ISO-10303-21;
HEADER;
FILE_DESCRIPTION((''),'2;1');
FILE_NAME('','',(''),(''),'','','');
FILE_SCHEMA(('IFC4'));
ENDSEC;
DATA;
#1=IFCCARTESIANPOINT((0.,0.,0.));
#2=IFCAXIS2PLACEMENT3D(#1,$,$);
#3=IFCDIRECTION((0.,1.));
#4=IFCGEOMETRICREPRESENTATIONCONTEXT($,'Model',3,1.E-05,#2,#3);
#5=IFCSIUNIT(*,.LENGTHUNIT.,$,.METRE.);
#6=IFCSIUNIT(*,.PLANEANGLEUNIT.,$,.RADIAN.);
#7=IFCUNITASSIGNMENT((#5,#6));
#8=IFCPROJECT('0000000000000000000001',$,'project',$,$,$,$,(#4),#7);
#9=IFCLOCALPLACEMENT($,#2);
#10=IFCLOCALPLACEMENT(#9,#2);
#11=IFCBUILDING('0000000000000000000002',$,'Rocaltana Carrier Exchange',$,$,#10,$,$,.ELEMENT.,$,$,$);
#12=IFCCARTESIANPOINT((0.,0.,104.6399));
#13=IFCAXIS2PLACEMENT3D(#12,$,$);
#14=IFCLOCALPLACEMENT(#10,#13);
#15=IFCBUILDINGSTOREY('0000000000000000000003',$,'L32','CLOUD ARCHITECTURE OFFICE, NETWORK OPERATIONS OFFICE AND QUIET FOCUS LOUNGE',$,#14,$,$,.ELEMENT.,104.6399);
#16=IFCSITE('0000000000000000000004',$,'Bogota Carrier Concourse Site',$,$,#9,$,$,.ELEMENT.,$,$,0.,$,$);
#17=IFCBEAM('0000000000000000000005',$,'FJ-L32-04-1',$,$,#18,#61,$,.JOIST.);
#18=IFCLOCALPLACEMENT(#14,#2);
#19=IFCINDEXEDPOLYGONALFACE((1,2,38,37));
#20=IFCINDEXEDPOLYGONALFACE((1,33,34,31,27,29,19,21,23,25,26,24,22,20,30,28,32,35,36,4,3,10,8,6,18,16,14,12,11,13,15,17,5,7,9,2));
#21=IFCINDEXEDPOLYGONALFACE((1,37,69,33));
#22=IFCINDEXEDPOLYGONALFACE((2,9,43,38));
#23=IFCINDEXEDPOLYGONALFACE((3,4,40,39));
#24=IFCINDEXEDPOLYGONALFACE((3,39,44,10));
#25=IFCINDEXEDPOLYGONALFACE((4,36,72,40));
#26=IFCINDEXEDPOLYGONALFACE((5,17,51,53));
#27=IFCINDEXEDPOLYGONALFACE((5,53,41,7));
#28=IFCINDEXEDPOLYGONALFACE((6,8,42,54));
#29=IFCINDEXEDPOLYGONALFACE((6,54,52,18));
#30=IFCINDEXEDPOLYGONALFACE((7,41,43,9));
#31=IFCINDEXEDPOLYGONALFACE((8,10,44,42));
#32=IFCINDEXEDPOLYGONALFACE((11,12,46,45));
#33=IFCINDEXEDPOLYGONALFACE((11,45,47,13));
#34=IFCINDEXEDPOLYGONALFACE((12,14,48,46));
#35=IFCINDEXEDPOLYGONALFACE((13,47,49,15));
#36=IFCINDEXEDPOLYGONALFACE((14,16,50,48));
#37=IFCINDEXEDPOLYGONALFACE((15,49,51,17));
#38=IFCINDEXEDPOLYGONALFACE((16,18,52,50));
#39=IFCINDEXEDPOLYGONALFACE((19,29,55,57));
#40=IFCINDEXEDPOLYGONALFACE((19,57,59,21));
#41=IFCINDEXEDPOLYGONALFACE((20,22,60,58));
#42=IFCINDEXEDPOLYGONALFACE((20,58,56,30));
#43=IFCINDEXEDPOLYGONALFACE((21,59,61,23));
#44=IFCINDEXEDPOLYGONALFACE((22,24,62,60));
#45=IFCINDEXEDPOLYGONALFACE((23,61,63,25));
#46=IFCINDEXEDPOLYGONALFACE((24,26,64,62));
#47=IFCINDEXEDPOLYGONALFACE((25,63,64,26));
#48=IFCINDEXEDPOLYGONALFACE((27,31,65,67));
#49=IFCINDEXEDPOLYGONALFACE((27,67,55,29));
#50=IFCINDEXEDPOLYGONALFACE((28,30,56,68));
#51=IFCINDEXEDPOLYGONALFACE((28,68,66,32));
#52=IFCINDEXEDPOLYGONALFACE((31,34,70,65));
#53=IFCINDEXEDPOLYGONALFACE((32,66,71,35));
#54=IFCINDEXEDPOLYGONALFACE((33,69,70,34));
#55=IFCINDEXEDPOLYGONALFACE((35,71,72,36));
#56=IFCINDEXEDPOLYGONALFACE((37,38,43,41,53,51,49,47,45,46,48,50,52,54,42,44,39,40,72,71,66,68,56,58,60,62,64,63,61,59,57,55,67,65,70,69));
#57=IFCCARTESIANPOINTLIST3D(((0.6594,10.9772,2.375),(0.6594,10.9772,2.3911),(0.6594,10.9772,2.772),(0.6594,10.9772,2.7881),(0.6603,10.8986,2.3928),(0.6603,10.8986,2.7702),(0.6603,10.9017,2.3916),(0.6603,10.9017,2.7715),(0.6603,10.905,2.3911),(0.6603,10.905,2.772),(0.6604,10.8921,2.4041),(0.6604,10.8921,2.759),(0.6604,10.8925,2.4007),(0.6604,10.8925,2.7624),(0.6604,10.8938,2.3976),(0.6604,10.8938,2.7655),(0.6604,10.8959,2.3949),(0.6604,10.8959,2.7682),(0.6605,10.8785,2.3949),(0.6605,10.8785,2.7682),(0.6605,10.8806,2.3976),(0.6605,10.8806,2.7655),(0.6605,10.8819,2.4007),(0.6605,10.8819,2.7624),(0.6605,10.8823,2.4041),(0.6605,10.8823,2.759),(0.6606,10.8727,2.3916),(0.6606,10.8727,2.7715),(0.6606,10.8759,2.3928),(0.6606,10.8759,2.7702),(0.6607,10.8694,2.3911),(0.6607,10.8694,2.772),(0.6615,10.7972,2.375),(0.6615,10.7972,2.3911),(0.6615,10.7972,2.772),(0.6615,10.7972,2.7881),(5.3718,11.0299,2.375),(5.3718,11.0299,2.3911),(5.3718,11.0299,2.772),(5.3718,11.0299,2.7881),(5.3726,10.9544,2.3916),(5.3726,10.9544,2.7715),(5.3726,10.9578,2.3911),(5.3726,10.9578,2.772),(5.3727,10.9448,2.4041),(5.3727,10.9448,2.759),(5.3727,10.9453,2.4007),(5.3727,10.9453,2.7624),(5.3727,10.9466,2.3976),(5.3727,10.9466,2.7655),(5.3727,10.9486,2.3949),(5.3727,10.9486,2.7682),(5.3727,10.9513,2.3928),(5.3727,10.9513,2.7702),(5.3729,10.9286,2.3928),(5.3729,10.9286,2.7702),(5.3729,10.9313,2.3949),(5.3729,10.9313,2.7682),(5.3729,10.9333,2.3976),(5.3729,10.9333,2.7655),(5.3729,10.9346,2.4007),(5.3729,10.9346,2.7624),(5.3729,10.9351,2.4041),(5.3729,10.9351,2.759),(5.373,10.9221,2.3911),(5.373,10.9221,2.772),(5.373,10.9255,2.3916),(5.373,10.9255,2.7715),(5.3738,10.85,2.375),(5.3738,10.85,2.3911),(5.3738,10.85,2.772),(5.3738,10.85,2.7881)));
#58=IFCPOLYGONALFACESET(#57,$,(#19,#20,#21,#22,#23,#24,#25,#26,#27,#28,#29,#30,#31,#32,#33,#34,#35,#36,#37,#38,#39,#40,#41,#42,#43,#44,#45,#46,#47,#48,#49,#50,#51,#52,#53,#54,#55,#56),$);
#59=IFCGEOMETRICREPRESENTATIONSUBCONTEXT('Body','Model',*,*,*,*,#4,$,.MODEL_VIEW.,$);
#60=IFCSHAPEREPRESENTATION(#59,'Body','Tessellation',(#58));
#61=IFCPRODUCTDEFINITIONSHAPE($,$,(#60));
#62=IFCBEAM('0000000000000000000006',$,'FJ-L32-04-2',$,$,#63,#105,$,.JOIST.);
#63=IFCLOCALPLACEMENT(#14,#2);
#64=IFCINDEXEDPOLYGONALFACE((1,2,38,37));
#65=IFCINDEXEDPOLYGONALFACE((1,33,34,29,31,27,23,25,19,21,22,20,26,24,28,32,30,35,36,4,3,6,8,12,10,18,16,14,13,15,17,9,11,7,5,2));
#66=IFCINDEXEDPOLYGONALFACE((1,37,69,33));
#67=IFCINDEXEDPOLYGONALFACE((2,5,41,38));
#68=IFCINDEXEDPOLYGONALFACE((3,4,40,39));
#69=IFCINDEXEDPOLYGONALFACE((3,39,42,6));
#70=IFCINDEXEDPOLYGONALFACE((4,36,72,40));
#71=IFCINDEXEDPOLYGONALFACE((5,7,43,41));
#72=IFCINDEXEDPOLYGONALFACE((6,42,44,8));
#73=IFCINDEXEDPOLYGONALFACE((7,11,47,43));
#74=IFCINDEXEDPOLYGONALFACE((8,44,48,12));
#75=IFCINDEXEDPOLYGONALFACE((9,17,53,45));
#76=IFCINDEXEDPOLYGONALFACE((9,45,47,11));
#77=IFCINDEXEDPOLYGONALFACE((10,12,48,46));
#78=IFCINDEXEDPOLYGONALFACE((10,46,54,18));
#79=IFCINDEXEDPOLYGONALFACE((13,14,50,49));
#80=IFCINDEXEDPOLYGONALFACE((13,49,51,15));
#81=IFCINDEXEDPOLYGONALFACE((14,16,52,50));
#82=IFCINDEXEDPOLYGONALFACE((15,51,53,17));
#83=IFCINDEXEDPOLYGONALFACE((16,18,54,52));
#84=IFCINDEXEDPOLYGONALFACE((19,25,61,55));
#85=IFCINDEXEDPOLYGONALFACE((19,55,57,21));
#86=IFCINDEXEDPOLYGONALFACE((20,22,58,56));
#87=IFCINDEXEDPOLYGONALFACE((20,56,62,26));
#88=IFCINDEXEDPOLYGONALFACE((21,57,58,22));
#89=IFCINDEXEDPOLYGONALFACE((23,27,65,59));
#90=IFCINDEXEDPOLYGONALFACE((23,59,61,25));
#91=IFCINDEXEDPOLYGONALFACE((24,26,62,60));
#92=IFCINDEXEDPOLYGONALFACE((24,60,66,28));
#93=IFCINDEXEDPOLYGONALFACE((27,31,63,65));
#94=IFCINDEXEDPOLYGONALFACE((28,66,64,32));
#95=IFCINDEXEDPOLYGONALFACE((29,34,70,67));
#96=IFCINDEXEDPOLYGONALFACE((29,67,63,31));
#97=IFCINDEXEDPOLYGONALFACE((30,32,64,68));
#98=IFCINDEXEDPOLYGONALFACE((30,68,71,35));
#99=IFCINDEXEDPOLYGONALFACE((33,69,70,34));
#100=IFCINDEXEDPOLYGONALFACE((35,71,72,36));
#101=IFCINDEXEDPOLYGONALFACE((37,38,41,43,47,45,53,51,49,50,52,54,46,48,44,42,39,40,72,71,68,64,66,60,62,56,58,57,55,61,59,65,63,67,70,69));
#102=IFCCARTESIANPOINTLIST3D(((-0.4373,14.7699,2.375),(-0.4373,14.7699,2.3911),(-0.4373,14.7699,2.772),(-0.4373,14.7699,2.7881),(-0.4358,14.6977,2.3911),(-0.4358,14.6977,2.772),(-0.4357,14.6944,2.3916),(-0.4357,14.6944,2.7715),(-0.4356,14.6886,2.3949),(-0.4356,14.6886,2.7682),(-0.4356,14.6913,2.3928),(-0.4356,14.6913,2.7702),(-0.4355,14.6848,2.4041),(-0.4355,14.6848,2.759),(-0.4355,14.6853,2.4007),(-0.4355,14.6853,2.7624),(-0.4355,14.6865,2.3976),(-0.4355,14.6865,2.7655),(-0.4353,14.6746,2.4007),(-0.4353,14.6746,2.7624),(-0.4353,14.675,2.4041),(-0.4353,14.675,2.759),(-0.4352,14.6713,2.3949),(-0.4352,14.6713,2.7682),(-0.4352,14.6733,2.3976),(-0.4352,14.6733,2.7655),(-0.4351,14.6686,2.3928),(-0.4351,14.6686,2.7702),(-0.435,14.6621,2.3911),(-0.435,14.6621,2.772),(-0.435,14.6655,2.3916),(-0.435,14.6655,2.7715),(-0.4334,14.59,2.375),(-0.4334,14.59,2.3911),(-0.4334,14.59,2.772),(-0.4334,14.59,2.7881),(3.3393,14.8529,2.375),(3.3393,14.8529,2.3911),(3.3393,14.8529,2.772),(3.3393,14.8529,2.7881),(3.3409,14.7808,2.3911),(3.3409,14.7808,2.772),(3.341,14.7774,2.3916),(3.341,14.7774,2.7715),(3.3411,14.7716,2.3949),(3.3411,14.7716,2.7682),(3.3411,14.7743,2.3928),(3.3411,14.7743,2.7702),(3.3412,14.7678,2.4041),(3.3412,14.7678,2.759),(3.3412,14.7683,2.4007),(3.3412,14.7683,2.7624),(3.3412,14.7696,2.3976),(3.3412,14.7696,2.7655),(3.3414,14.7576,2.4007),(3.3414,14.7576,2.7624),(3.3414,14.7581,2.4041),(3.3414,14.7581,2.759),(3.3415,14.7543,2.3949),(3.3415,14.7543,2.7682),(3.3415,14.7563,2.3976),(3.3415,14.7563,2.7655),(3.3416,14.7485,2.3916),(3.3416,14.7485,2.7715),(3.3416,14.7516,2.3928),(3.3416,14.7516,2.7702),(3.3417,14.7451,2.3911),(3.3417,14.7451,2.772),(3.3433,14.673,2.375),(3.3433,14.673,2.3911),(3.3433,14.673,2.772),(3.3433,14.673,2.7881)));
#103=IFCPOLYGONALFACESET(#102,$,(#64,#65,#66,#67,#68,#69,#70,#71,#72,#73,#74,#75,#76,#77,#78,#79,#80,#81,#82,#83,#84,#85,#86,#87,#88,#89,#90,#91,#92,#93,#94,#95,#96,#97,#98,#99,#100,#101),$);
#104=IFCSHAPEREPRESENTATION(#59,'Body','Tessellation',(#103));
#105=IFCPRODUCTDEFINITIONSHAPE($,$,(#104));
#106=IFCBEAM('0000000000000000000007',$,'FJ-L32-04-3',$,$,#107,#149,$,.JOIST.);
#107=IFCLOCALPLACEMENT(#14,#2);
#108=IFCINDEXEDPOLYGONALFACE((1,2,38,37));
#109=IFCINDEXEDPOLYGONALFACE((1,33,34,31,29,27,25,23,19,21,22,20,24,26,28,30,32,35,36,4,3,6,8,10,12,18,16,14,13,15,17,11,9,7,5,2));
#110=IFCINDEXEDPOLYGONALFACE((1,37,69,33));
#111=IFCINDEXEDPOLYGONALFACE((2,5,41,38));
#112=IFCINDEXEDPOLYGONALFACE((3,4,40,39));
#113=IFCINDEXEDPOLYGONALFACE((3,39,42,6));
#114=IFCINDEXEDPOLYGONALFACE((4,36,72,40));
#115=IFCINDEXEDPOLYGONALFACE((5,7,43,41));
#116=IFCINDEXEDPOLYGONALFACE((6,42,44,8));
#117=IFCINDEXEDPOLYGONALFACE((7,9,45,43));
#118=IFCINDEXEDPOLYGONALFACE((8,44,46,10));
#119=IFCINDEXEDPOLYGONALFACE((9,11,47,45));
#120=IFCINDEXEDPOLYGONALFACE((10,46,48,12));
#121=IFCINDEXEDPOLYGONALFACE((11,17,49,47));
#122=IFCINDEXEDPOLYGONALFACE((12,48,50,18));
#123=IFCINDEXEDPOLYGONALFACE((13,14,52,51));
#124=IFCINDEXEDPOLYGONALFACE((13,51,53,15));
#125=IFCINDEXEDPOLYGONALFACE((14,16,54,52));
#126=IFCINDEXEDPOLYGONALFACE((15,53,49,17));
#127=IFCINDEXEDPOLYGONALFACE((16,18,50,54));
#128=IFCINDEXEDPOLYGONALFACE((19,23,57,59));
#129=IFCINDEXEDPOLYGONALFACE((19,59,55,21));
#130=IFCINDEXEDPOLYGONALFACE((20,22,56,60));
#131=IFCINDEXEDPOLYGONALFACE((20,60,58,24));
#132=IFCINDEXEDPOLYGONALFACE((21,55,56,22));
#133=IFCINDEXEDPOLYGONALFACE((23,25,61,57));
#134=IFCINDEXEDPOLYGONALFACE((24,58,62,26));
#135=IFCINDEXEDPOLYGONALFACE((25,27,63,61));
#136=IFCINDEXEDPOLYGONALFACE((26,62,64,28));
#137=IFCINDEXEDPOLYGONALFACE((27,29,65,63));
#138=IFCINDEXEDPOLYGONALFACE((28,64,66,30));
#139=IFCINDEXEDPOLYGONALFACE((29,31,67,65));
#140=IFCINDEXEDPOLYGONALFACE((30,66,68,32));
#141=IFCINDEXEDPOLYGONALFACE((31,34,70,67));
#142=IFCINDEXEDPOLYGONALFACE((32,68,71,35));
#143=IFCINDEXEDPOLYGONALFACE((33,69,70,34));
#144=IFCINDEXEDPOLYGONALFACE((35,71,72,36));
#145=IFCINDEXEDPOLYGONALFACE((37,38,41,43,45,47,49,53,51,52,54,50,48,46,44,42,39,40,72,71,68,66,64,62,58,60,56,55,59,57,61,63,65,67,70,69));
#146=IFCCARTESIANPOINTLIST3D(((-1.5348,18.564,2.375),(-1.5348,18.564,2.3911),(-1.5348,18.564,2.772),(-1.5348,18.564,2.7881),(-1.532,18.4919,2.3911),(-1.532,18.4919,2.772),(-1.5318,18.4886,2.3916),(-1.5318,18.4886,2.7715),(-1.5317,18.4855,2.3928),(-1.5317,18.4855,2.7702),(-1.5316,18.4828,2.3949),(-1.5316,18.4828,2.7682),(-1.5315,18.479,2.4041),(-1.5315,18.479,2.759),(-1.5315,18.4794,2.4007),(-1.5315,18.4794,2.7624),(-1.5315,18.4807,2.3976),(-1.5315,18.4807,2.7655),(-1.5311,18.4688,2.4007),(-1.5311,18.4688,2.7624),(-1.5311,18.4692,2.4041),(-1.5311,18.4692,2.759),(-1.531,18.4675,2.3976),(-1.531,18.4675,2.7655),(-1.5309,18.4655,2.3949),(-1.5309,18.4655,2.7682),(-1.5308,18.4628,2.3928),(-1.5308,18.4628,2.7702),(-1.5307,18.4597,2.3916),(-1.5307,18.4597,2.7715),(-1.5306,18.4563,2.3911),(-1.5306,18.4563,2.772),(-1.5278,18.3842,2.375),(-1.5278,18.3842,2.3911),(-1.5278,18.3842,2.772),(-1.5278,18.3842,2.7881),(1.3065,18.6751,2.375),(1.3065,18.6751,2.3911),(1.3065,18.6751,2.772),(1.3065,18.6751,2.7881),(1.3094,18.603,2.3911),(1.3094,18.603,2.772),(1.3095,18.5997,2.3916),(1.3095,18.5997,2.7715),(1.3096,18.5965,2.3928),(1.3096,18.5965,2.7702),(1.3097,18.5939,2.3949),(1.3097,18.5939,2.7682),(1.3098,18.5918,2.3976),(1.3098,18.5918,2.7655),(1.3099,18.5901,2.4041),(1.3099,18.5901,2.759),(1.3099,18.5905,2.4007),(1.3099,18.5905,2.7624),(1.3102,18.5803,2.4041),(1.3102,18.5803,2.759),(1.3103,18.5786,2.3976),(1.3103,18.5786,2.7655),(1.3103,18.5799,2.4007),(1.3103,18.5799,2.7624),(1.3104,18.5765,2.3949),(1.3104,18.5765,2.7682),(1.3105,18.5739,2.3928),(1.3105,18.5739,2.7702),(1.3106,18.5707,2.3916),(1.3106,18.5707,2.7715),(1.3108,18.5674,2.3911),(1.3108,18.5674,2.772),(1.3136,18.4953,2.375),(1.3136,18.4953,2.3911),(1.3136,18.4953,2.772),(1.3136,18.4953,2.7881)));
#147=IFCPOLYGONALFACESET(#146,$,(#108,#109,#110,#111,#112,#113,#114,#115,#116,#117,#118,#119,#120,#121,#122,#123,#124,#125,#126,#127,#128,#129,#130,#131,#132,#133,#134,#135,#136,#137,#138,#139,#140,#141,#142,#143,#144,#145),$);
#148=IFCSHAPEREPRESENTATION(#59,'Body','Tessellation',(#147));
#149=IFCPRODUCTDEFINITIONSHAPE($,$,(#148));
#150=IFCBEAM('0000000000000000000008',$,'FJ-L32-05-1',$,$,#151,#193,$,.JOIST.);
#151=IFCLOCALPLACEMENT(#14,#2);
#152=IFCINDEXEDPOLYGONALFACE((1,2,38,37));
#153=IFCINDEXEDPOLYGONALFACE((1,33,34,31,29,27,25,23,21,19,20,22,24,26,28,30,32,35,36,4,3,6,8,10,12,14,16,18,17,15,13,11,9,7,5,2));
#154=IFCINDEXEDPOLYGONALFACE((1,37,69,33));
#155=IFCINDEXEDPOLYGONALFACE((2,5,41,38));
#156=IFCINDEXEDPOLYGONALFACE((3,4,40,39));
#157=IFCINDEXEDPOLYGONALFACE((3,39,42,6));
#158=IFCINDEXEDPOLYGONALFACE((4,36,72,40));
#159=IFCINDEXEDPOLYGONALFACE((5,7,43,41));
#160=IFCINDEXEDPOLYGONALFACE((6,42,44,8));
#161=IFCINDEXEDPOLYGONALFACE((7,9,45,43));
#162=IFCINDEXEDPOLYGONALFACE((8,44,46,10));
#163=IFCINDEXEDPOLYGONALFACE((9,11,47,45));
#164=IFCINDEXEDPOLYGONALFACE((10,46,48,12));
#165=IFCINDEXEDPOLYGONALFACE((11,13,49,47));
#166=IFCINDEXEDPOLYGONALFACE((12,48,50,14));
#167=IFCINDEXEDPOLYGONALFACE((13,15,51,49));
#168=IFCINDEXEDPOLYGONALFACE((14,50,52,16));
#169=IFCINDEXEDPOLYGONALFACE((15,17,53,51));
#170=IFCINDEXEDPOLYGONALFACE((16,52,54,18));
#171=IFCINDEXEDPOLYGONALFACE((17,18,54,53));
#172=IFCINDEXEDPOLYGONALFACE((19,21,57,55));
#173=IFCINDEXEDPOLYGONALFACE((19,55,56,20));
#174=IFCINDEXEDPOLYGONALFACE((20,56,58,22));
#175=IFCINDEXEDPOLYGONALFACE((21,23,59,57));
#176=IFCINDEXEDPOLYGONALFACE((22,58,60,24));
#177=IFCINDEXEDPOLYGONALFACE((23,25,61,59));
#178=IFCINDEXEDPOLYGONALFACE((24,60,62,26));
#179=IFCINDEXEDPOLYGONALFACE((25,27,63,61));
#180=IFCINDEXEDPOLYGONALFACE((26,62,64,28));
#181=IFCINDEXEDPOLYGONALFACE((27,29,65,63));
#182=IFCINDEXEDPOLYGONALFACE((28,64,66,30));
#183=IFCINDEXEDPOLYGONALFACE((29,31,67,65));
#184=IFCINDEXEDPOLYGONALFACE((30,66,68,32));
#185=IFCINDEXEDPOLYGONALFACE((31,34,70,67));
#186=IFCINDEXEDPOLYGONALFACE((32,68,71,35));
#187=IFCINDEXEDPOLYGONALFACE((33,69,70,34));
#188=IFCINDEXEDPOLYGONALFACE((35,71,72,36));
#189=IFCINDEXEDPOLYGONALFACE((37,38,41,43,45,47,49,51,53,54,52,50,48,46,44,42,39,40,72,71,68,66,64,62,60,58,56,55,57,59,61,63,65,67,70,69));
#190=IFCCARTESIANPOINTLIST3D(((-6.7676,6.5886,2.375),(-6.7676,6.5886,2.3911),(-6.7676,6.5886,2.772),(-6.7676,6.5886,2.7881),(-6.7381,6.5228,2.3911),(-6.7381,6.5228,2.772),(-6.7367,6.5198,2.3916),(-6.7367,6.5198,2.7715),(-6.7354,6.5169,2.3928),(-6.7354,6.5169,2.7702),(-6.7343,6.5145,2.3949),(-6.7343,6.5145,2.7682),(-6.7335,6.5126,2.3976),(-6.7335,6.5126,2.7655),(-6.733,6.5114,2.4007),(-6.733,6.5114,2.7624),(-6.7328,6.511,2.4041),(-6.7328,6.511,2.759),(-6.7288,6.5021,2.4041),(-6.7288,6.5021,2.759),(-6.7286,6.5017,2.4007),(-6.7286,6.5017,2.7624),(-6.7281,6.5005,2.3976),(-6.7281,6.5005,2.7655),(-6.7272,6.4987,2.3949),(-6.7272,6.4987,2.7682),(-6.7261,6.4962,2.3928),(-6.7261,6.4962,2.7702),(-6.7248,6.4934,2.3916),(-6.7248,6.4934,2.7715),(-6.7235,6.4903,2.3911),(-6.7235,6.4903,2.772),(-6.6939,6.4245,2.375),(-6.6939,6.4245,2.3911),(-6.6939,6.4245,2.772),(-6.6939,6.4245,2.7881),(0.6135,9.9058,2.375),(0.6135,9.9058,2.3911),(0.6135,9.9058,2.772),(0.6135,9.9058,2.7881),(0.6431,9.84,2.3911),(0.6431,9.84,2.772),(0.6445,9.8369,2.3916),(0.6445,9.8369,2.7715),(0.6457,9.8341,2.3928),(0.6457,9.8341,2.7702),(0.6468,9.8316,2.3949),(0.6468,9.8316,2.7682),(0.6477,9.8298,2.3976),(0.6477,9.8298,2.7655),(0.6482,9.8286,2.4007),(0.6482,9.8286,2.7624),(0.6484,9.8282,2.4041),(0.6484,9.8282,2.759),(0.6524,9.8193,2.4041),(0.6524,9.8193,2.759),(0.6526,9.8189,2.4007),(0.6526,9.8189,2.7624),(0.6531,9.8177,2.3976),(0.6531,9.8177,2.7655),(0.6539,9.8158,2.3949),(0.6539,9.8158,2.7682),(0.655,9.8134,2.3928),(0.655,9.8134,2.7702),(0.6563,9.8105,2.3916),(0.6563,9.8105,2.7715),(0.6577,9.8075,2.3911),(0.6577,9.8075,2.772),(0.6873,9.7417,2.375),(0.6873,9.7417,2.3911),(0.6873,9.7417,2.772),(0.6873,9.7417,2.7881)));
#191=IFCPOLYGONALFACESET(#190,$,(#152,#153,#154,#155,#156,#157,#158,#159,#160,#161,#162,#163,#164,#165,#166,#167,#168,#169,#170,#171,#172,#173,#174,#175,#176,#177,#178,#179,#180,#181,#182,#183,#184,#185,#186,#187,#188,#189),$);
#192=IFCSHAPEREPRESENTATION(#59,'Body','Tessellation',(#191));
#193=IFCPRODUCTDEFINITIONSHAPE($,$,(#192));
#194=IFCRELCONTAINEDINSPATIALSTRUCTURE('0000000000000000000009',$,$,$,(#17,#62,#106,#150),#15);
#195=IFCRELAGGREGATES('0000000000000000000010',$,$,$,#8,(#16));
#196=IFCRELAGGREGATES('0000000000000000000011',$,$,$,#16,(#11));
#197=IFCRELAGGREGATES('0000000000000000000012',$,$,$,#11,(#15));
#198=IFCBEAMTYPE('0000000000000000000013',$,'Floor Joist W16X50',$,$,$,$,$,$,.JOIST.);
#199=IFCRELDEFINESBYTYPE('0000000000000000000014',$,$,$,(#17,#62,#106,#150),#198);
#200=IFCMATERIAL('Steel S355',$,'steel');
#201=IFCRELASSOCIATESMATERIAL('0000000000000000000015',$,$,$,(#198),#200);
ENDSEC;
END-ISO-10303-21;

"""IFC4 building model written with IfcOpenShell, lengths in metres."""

from ifc_helpers import new_model, si_unit, direction, frame, origin, origin_2d, place, context, subcontext, project, spatial, i_section, extrude, material, material_profile, profile_set, type_object, element, save


model = new_model("IFC4")

# Units and contexts
model_context = context("Model", 3, precision=1e-05, world=origin(), true_north=direction((0.0, 1.0)))
body_context = subcontext(model_context, "Body", "Model", "MODEL_VIEW")
ifc_project = project(units=[si_unit("LENGTHUNIT", "METRE"), si_unit("PLANEANGLEUNIT", "RADIAN")], contexts=[model_context])

# Site, building, storey
site_placement = place(None, origin())
site = spatial("IfcSite", under=ifc_project, at=site_placement, Name="Bogota Carrier Concourse Site", CompositionType="ELEMENT", RefElevation=0.0)
building_placement = place(site_placement, origin())
building = spatial("IfcBuilding", under=site, at=building_placement, Name="Rocaltana Carrier Exchange", CompositionType="ELEMENT")
storey_placement = place(building_placement, frame((0.0, 0.0, 104.6399)))
storey = spatial("IfcBuildingStorey", under=building, at=storey_placement, Name="L32", Description="CLOUD ARCHITECTURE OFFICE, NETWORK OPERATIONS OFFICE AND QUIET FOCUS LOUNGE", CompositionType="ELEMENT", Elevation=104.6399)

# Beams
ifc_material_1 = material(Name="Steel S355", Category="steel")
ifc_material_profile_1 = material_profile(ifc_material_1, i_section(OverallWidth=0.1799, OverallDepth=0.4131, WebThickness=0.0098, FlangeThickness=0.0161, FilletRadius=0.0129, at=origin_2d()), Name="W16X50")
ifc_profile_set_1 = profile_set([ifc_material_profile_1], Name="Steel S355")
beam_type_1 = type_object("IfcBeamType", Name="Floor Joist W16X50", PredefinedType="JOIST", material=ifc_profile_set_1)
beam_1_placement = place(storey_placement, frame((5.3728, 10.9399, 2.5815), z_axis=(-0.999937, -0.01119, 0.0), x_axis=(0.01119, -0.999937, 0.0)))
element("IfcBeam", 1, at=beam_1_placement, inside=storey, type_object=beam_type_1, Name="FJ-L32-04-1", PredefinedType="JOIST", context=body_context, shape_type="SweptSolid", body=[
    extrude(i_section(OverallWidth=0.1799, OverallDepth=0.4131, WebThickness=0.0098, FlangeThickness=0.0161, FilletRadius=0.0129, at=origin_2d()), origin(), (0.0, 0.0, 1.0), 4.7126),
])
beam_2_placement = place(storey_placement, frame((3.3413, 14.7629, 2.5815), z_axis=(-0.999759, -0.021974, 0.0), x_axis=(0.021974, -0.999759, 0.0)))
element("IfcBeam", 2, at=beam_2_placement, inside=storey, type_object=beam_type_1, Name="FJ-L32-04-2", PredefinedType="JOIST", context=body_context, shape_type="SweptSolid", body=[
    extrude(i_section(OverallWidth=0.1799, OverallDepth=0.4131, WebThickness=0.0098, FlangeThickness=0.0161, FilletRadius=0.0129, at=origin_2d()), origin(), (0.0, 0.0, 1.0), 3.7776),
])
beam_3_placement = place(storey_placement, frame((1.3101, 18.5852, 2.5815), z_axis=(-0.999237, -0.039066, 0.0), x_axis=(0.039066, -0.999237, 0.0)))
element("IfcBeam", 3, at=beam_3_placement, inside=storey, type_object=beam_type_1, Name="FJ-L32-04-3", PredefinedType="JOIST", context=body_context, shape_type="SweptSolid", body=[
    extrude(i_section(OverallWidth=0.1799, OverallDepth=0.4131, WebThickness=0.0098, FlangeThickness=0.0161, FilletRadius=0.0129, at=origin_2d()), origin(), (0.0, 0.0, 1.0), 2.8435),
])
beam_4_placement = place(storey_placement, frame((0.6504, 9.8237, 2.5815), z_axis=(-0.912123, -0.409917, 0.0), x_axis=(0.409917, -0.912123, 0.0)))
element("IfcBeam", 4, at=beam_4_placement, inside=storey, type_object=beam_type_1, Name="FJ-L32-05-1", PredefinedType="JOIST", context=body_context, shape_type="SweptSolid", body=[
    extrude(i_section(OverallWidth=0.1799, OverallDepth=0.4131, WebThickness=0.0098, FlangeThickness=0.0161, FilletRadius=0.0129, at=origin_2d()), origin(), (0.0, 0.0, 1.0), 8.0923),
])

save(model, "model.ifc")
